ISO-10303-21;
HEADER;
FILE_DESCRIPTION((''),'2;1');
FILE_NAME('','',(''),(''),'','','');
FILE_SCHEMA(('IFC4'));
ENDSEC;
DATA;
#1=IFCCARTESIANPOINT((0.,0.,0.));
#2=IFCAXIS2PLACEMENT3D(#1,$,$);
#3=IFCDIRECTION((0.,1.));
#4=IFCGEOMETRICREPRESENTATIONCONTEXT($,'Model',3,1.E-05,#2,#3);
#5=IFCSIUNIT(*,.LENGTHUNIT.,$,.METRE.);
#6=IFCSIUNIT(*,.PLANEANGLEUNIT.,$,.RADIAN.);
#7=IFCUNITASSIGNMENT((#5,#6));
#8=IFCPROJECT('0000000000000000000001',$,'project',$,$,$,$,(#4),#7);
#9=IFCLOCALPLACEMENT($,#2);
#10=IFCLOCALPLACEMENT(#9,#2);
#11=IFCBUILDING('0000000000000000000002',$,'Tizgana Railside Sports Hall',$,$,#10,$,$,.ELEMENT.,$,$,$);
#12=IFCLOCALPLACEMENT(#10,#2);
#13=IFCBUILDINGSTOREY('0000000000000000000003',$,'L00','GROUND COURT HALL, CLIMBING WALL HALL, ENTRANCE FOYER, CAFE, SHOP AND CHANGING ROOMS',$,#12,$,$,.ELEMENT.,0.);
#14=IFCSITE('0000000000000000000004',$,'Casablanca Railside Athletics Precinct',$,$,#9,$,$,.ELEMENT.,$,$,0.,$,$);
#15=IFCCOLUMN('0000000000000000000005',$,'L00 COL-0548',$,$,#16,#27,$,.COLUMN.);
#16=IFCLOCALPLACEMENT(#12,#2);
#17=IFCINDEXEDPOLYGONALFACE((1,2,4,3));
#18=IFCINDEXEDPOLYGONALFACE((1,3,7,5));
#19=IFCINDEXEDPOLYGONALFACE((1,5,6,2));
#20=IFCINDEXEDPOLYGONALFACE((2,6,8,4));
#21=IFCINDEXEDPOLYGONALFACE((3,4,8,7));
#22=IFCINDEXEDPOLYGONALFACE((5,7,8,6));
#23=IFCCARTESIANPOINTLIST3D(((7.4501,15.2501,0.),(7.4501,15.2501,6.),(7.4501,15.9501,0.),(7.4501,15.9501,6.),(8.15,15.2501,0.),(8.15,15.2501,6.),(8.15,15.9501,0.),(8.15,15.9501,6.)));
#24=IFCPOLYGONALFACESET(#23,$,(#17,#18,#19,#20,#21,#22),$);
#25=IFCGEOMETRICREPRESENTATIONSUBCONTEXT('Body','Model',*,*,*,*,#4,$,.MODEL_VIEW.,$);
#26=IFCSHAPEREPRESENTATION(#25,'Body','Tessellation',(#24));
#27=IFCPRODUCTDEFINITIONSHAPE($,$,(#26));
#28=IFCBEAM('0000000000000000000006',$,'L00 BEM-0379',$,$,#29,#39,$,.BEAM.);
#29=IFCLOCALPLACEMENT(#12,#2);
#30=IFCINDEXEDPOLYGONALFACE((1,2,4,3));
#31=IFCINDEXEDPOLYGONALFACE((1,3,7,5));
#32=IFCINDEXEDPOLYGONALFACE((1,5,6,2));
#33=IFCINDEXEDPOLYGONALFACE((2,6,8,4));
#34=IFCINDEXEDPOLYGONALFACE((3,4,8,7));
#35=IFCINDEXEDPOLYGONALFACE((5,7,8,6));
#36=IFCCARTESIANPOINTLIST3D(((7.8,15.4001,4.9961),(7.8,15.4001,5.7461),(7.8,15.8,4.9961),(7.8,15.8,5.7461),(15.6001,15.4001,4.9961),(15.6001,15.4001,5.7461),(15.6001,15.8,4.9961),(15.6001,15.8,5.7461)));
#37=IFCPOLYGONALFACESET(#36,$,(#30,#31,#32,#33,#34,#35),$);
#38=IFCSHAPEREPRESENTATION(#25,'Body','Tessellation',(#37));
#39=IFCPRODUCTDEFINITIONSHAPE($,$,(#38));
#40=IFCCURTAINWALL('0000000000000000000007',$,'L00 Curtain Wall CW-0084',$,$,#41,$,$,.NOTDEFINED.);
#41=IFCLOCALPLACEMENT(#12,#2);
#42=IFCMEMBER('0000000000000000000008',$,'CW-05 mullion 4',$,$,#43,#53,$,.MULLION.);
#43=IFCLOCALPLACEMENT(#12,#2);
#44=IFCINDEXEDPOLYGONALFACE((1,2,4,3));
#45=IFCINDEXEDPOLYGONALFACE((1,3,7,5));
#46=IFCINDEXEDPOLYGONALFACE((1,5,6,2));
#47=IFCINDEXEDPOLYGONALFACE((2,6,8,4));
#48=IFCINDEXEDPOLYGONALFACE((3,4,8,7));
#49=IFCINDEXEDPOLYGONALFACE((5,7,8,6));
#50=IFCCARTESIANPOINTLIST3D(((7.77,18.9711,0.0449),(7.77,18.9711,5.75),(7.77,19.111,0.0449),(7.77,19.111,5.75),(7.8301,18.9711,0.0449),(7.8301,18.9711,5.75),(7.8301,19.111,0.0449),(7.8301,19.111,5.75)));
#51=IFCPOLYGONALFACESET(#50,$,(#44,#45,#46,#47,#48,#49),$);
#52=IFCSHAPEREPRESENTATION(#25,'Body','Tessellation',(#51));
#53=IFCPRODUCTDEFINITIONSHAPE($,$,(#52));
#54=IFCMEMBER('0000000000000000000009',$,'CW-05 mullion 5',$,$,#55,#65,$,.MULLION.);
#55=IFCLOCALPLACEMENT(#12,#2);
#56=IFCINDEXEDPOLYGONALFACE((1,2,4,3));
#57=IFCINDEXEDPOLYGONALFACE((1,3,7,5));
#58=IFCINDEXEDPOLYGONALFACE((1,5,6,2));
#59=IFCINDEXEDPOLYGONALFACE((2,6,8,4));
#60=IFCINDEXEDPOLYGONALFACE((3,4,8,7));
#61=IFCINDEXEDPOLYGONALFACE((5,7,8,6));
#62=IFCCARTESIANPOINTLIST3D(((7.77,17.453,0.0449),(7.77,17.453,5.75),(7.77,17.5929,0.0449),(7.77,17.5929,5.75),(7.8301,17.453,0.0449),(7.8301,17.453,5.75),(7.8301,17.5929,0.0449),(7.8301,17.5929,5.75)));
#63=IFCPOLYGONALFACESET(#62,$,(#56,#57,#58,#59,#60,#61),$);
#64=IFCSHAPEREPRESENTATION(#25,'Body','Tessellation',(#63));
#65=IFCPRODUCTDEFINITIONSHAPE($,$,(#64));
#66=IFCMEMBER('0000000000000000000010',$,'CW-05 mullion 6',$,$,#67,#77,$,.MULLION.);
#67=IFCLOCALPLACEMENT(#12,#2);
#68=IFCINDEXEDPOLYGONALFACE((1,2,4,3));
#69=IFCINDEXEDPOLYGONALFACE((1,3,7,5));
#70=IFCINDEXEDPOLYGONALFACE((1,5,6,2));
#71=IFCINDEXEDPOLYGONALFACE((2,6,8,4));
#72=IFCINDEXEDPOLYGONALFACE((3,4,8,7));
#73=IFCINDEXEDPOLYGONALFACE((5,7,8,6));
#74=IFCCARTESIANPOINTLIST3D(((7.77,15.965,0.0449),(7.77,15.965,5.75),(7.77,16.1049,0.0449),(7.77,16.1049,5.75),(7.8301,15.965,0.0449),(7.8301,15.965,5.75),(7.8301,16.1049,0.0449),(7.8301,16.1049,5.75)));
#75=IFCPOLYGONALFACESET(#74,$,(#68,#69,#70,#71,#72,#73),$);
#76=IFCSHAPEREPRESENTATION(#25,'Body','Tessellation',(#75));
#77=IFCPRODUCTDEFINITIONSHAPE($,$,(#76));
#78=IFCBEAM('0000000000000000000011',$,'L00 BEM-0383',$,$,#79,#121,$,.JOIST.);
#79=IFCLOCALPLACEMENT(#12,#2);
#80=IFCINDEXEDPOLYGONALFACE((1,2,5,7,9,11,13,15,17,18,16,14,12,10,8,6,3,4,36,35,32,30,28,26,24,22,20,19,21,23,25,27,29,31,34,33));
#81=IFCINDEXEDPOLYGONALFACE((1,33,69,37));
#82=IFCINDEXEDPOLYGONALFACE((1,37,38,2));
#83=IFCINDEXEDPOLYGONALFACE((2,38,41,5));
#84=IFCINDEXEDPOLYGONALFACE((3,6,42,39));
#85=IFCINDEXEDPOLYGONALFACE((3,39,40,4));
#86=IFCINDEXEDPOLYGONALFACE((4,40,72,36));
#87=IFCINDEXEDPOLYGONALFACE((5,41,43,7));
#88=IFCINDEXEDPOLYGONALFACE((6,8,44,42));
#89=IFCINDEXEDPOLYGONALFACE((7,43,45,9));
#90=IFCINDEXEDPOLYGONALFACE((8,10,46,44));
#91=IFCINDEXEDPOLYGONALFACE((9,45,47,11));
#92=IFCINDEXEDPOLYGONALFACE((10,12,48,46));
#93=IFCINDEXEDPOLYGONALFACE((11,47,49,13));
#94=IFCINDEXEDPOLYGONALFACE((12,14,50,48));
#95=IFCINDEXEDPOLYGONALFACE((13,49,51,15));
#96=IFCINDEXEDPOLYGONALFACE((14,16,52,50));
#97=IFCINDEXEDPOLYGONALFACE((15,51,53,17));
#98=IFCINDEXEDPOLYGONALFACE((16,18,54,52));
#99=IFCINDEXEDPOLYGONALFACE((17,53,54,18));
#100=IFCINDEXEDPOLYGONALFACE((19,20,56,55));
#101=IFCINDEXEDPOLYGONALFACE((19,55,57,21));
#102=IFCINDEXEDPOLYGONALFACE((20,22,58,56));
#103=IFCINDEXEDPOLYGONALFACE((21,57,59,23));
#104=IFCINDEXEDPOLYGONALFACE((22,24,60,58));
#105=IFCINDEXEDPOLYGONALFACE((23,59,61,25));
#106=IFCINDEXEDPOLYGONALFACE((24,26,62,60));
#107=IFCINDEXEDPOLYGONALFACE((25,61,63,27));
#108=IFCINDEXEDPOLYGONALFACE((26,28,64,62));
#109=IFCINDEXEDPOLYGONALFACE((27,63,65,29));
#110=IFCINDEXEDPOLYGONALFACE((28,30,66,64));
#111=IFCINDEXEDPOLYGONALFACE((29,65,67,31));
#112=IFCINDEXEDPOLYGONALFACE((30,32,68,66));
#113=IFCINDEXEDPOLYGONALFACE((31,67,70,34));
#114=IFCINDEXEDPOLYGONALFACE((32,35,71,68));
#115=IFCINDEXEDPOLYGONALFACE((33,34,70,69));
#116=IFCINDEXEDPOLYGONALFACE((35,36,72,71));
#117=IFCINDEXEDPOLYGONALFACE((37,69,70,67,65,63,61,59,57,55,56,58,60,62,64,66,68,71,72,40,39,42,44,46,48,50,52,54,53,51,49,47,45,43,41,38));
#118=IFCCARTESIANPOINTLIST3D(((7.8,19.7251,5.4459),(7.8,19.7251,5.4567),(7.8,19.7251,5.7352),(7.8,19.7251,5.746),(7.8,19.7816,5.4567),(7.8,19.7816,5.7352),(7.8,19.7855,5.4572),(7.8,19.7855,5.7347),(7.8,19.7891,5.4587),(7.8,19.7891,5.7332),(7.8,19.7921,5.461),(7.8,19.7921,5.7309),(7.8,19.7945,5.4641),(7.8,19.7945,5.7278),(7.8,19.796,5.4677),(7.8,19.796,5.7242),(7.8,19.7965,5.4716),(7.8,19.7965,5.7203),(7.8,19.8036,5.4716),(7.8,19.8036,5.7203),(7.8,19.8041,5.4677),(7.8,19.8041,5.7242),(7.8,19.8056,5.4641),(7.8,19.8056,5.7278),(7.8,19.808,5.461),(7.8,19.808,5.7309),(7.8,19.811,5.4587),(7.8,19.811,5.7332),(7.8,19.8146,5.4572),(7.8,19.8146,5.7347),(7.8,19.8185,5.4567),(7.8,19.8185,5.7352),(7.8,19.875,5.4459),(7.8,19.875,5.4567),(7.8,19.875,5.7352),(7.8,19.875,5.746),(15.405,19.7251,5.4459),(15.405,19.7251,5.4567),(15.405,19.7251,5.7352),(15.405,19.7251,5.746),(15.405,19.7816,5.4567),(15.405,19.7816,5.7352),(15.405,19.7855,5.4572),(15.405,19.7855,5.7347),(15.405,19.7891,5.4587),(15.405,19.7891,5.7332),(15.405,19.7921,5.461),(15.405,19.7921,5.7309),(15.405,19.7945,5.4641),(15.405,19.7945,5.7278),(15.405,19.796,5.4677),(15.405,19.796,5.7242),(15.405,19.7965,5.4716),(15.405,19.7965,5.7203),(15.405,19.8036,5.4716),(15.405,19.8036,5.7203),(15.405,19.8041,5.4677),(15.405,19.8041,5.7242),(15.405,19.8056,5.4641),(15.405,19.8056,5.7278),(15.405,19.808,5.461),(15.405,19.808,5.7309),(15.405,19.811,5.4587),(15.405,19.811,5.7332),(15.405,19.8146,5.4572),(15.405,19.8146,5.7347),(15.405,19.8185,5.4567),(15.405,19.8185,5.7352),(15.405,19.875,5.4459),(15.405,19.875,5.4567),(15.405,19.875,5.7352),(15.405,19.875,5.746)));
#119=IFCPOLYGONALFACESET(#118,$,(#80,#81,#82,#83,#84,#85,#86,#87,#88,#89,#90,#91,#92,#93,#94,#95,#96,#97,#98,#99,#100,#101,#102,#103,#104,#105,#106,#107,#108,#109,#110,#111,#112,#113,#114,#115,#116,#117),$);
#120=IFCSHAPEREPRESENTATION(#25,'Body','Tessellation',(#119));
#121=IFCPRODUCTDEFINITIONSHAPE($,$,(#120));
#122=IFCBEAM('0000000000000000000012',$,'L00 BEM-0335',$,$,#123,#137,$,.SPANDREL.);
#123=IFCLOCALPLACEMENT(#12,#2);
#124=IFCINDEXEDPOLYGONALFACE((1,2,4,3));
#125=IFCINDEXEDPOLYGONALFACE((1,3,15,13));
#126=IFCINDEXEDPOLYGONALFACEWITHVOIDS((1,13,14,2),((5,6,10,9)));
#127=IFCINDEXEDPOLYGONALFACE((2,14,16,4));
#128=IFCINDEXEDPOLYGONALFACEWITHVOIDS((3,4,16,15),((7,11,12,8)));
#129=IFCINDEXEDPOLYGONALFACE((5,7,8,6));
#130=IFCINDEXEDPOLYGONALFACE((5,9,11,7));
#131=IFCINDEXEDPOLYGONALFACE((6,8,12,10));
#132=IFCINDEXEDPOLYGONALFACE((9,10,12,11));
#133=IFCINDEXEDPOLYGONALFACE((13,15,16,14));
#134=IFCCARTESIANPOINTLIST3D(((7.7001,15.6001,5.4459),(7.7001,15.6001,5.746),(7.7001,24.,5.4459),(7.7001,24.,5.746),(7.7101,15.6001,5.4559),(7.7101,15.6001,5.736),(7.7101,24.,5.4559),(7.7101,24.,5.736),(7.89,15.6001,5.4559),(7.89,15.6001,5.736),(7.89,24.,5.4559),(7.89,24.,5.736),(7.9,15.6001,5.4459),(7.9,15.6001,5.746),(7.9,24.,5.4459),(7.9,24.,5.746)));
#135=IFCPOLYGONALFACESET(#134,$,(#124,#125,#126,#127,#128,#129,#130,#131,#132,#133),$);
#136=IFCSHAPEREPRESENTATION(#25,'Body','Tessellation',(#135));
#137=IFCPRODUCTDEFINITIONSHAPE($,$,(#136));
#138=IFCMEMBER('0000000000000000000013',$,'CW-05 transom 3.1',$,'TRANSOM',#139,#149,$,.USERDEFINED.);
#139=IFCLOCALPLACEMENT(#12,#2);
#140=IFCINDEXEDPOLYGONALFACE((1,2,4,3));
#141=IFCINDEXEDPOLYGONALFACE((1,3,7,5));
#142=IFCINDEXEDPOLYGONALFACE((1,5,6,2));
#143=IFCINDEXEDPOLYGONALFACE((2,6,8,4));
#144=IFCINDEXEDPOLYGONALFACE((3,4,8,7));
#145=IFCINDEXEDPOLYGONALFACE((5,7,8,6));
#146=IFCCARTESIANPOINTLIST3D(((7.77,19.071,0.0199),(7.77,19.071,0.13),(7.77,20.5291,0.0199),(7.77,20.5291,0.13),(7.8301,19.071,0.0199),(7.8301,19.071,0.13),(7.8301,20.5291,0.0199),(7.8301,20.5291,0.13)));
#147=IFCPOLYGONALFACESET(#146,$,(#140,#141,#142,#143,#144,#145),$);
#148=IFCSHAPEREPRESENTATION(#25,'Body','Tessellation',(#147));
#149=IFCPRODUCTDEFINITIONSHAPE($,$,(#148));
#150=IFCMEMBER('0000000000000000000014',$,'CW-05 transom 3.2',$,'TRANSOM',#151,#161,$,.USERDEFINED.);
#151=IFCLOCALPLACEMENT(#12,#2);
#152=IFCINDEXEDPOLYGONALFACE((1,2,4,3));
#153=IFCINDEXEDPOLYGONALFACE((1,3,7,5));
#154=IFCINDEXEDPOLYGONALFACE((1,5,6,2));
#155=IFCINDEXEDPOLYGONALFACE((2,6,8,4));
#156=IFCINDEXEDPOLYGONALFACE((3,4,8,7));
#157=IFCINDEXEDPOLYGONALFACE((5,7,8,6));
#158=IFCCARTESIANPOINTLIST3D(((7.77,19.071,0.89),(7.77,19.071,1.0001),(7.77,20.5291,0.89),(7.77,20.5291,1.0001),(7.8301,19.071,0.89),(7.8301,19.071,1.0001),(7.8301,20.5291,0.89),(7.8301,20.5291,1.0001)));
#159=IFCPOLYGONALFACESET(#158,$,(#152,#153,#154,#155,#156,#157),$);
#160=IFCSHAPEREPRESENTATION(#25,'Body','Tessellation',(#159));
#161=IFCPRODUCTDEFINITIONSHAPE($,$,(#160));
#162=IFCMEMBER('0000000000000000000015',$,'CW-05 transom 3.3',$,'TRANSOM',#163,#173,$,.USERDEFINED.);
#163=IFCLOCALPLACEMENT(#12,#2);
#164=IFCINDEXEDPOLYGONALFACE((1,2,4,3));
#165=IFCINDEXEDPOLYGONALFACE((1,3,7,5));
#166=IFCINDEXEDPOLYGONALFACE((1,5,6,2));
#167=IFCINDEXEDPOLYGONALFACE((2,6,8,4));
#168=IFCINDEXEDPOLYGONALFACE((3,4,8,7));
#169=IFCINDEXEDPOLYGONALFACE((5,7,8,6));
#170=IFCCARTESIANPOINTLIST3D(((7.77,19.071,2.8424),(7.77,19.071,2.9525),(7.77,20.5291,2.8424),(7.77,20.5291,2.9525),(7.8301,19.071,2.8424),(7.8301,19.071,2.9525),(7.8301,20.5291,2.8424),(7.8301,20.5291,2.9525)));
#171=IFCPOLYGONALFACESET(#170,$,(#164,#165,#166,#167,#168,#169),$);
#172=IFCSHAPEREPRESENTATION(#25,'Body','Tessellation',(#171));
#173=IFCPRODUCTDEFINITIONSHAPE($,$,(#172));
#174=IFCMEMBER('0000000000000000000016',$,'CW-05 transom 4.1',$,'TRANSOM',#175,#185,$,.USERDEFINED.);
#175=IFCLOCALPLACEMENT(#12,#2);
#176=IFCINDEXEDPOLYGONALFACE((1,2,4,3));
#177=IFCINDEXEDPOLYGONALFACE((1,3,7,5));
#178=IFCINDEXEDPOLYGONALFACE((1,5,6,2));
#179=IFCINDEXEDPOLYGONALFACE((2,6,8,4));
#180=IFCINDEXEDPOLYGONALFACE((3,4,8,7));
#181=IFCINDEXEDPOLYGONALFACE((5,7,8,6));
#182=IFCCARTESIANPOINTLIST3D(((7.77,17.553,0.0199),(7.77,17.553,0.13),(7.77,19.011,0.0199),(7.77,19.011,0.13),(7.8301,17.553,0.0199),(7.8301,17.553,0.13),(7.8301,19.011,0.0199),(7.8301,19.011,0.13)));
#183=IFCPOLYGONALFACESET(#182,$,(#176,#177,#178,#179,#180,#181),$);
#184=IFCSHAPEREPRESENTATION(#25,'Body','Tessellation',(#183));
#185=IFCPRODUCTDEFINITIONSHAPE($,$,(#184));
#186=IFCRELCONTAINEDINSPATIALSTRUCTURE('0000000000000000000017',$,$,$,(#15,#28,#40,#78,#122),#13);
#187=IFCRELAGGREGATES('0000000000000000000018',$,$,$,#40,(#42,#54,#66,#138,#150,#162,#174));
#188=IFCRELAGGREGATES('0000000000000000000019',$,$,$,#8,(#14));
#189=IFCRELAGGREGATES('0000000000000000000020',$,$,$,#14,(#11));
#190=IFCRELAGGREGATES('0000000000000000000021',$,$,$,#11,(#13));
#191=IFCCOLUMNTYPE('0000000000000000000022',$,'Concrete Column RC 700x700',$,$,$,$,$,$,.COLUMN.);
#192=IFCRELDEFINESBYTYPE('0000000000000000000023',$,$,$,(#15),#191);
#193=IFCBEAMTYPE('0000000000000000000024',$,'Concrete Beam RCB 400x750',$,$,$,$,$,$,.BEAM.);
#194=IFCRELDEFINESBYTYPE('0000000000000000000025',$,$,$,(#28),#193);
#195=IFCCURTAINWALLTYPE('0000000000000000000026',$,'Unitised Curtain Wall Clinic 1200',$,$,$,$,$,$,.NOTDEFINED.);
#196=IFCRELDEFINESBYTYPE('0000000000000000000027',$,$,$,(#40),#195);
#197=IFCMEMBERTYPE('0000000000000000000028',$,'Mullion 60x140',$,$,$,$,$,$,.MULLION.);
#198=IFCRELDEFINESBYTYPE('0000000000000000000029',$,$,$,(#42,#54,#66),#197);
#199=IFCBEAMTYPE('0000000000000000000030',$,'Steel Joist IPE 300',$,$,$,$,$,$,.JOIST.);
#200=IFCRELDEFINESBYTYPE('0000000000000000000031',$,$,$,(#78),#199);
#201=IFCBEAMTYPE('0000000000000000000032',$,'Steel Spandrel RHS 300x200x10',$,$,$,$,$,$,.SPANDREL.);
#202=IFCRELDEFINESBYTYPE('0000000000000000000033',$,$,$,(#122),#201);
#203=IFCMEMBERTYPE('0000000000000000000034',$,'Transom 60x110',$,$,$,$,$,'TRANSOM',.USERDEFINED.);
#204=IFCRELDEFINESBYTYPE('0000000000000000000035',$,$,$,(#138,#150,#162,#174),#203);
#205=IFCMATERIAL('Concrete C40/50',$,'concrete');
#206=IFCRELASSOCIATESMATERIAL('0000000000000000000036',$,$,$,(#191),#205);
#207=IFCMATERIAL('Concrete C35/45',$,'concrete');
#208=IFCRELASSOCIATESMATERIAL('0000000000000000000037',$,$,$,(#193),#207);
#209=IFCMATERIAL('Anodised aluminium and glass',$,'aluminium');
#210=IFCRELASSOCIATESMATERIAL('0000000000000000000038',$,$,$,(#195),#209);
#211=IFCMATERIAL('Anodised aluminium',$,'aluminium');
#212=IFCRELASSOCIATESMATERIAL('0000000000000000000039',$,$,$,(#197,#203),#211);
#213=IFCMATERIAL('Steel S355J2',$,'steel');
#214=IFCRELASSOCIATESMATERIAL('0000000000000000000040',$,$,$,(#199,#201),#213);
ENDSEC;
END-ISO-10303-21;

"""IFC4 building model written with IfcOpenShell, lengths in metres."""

from ifc_helpers import new_model, si_unit, direction, frame, origin, origin_2d, place, context, subcontext, project, spatial, rectangle, hollow_rectangle, i_section, extrude, material, material_profile, profile_set, type_object, element, aggregate, save


model = new_model("IFC4")

# Units and contexts
model_context = context("Model", 3, precision=1e-05, world=origin(), true_north=direction((0.0, 1.0)))
body_context = subcontext(model_context, "Body", "Model", "MODEL_VIEW")
ifc_project = project(units=[si_unit("LENGTHUNIT", "METRE"), si_unit("PLANEANGLEUNIT", "RADIAN")], contexts=[model_context])

# Site, building, storey
site_placement = place(None, origin())
site = spatial("IfcSite", under=ifc_project, at=site_placement, Name="Casablanca Railside Athletics Precinct", CompositionType="ELEMENT", RefElevation=0.0)
building_placement = place(site_placement, origin())
building = spatial("IfcBuilding", under=site, at=building_placement, Name="Tizgana Railside Sports Hall", CompositionType="ELEMENT")
storey_placement = place(building_placement, origin())
storey = spatial("IfcBuildingStorey", under=building, at=storey_placement, Name="L00", Description="GROUND COURT HALL, CLIMBING WALL HALL, ENTRANCE FOYER, CAFE, SHOP AND CHANGING ROOMS", CompositionType="ELEMENT", Elevation=0.0)

# Column
ifc_material_1 = material(Name="Concrete C40/50", Category="concrete")
ifc_material_profile_1 = material_profile(ifc_material_1, rectangle(XDim=0.7, YDim=0.7, at=origin_2d()), Name="RC 700x700")
ifc_profile_set_1 = profile_set([ifc_material_profile_1], Name="Concrete C40/50")
column_type = type_object("IfcColumnType", Name="Concrete Column RC 700x700", PredefinedType="COLUMN", material=ifc_profile_set_1)
column_placement = place(storey_placement, frame((7.8, 15.6001, 0.0), z_axis=(0.0, 0.0, 1.0), x_axis=(1.0, 0.0, 0.0)))
element("IfcColumn", 1, at=column_placement, inside=storey, type_object=column_type, Name="L00 COL-0548", PredefinedType="COLUMN", context=body_context, shape_type="SweptSolid", body=[
    extrude(rectangle(XDim=0.7, YDim=0.7, at=origin_2d()), origin(), (0.0, 0.0, 1.0), 6.0),
])

# Beam
ifc_material_2 = material(Name="Concrete C35/45", Category="concrete")
ifc_material_profile_2 = material_profile(ifc_material_2, rectangle(XDim=0.3999, YDim=0.75, at=origin_2d()), Name="RCB 400x750")
ifc_profile_set_2 = profile_set([ifc_material_profile_2], Name="Concrete C35/45")
beam_type_1 = type_object("IfcBeamType", Name="Concrete Beam RCB 400x750", PredefinedType="BEAM", material=ifc_profile_set_2)
beam_1_placement = place(storey_placement, frame((7.8, 15.6001, 5.3711), z_axis=(1.0, 0.0, 0.0), x_axis=(0.0, 1.0, 0.0)))
element("IfcBeam", 2, at=beam_1_placement, inside=storey, type_object=beam_type_1, Name="L00 BEM-0379", PredefinedType="BEAM", context=body_context, shape_type="SweptSolid", body=[
    extrude(rectangle(XDim=0.3999, YDim=0.75, at=origin_2d()), origin(), (0.0, 0.0, 1.0), 7.8),
])

# Curtain wall, members
ifc_material_3 = material(Name="Anodised aluminium and glass", Category="aluminium")
curtain_wall_type = type_object("IfcCurtainWallType", Name="Unitised Curtain Wall Clinic 1200", PredefinedType="NOTDEFINED", material=ifc_material_3)
curtain_wall_placement = place(storey_placement, origin())
curtain_wall = element("IfcCurtainWall", 3, at=curtain_wall_placement, inside=storey, type_object=curtain_wall_type, Name="L00 Curtain Wall CW-0084", PredefinedType="NOTDEFINED")
ifc_material_4 = material(Name="Anodised aluminium", Category="aluminium")
ifc_material_profile_3 = material_profile(ifc_material_4, rectangle(XDim=0.0601, YDim=0.1399, at=origin_2d()), Name="Mullion 60x140")
ifc_profile_set_3 = profile_set([ifc_material_profile_3], Name="Anodised aluminium")
member_type_1 = type_object("IfcMemberType", Name="Mullion 60x140", PredefinedType="MULLION", material=ifc_profile_set_3)
member_1_placement = place(storey_placement, frame((7.8, 19.041, 0.0449), z_axis=(0.0, 0.0, 1.0), x_axis=(1.0, 0.0, 0.0)))
member_1 = element("IfcMember", 4, at=member_1_placement, type_object=member_type_1, Name="CW-05 mullion 4", PredefinedType="MULLION", context=body_context, shape_type="SweptSolid", body=[
    extrude(rectangle(XDim=0.0601, YDim=0.1399, at=origin_2d()), origin(), (0.0, 0.0, 1.0), 5.7051),
])
member_2_placement = place(storey_placement, frame((7.8, 17.5229, 0.0449), z_axis=(0.0, 0.0, 1.0), x_axis=(1.0, 0.0, 0.0)))
member_2 = element("IfcMember", 5, at=member_2_placement, type_object=member_type_1, Name="CW-05 mullion 5", PredefinedType="MULLION", context=body_context, shape_type="SweptSolid", body=[
    extrude(rectangle(XDim=0.0601, YDim=0.1399, at=origin_2d()), origin(), (0.0, 0.0, 1.0), 5.7051),
])
member_3_placement = place(storey_placement, frame((7.8, 16.0349, 0.0449), z_axis=(0.0, 0.0, 1.0), x_axis=(1.0, 0.0, 0.0)))
member_3 = element("IfcMember", 6, at=member_3_placement, type_object=member_type_1, Name="CW-05 mullion 6", PredefinedType="MULLION", context=body_context, shape_type="SweptSolid", body=[
    extrude(rectangle(XDim=0.0601, YDim=0.1399, at=origin_2d()), origin(), (0.0, 0.0, 1.0), 5.7051),
])

# Beams
ifc_material_5 = material(Name="Steel S355J2", Category="steel")
ifc_material_profile_4 = material_profile(ifc_material_5, i_section(OverallWidth=0.1499, OverallDepth=0.3, WebThickness=0.0071, FlangeThickness=0.0107, FilletRadius=0.0149, at=origin_2d()), Name="IPE 300")
ifc_profile_set_4 = profile_set([ifc_material_profile_4], Name="Steel S355J2")
beam_type_2 = type_object("IfcBeamType", Name="Steel Joist IPE 300", PredefinedType="JOIST", material=ifc_profile_set_4)
beam_2_placement = place(storey_placement, frame((7.8, 19.8, 5.5959), z_axis=(1.0, 0.0, 0.0), x_axis=(0.0, 1.0, 0.0)))
element("IfcBeam", 7, at=beam_2_placement, inside=storey, type_object=beam_type_2, Name="L00 BEM-0383", PredefinedType="JOIST", context=body_context, shape_type="SweptSolid", body=[
    extrude(i_section(OverallWidth=0.1499, OverallDepth=0.3, WebThickness=0.0071, FlangeThickness=0.0107, FilletRadius=0.0149, at=origin_2d()), origin(), (0.0, 0.0, 1.0), 7.605),
])
ifc_material_profile_5 = material_profile(ifc_material_5, hollow_rectangle(XDim=0.2, YDim=0.3, WallThickness=0.01, at=origin_2d()), Name="RHS 300x200x10")
ifc_profile_set_5 = profile_set([ifc_material_profile_5], Name="Steel S355J2")
beam_type_3 = type_object("IfcBeamType", Name="Steel Spandrel RHS 300x200x10", PredefinedType="SPANDREL", material=ifc_profile_set_5)
beam_3_placement = place(storey_placement, frame((7.8, 15.6001, 5.5959), z_axis=(0.0, 1.0, 0.0), x_axis=(-1.0, 0.0, 0.0)))
element("IfcBeam", 8, at=beam_3_placement, inside=storey, type_object=beam_type_3, Name="L00 BEM-0335", PredefinedType="SPANDREL", context=body_context, shape_type="SweptSolid", body=[
    extrude(hollow_rectangle(XDim=0.2, YDim=0.3, WallThickness=0.01, at=origin_2d()), origin(), (0.0, 0.0, 1.0), 8.3999),
])

# Members
ifc_material_profile_6 = material_profile(ifc_material_4, rectangle(XDim=0.0601, YDim=0.1101, at=origin_2d()), Name="Transom 60x110")
ifc_profile_set_6 = profile_set([ifc_material_profile_6], Name="Anodised aluminium")
member_type_2 = type_object("IfcMemberType", Name="Transom 60x110", ElementType="TRANSOM", PredefinedType="USERDEFINED", material=ifc_profile_set_6)
member_4_placement = place(storey_placement, frame((7.8, 20.5291, 0.075), z_axis=(0.0, -1.0, 0.0), x_axis=(1.0, 0.0, 0.0)))
member_4 = element("IfcMember", 9, at=member_4_placement, type_object=member_type_2, Name="CW-05 transom 3.1", ObjectType="TRANSOM", PredefinedType="USERDEFINED", context=body_context, shape_type="SweptSolid", body=[
    extrude(rectangle(XDim=0.0601, YDim=0.1101, at=origin_2d()), origin(), (0.0, 0.0, 1.0), 1.458),
])
member_5_placement = place(storey_placement, frame((7.8, 20.5291, 0.9451), z_axis=(0.0, -1.0, 0.0), x_axis=(1.0, 0.0, 0.0)))
member_5 = element("IfcMember", 10, at=member_5_placement, type_object=member_type_2, Name="CW-05 transom 3.2", ObjectType="TRANSOM", PredefinedType="USERDEFINED", context=body_context, shape_type="SweptSolid", body=[
    extrude(rectangle(XDim=0.0601, YDim=0.1101, at=origin_2d()), origin(), (0.0, 0.0, 1.0), 1.458),
])
member_6_placement = place(storey_placement, frame((7.8, 20.5291, 2.8975), z_axis=(0.0, -1.0, 0.0), x_axis=(1.0, 0.0, 0.0)))
member_6 = element("IfcMember", 11, at=member_6_placement, type_object=member_type_2, Name="CW-05 transom 3.3", ObjectType="TRANSOM", PredefinedType="USERDEFINED", context=body_context, shape_type="SweptSolid", body=[
    extrude(rectangle(XDim=0.0601, YDim=0.1101, at=origin_2d()), origin(), (0.0, 0.0, 1.0), 1.458),
])
member_7_placement = place(storey_placement, frame((7.8, 19.011, 0.075), z_axis=(0.0, -1.0, 0.0), x_axis=(1.0, 0.0, 0.0)))
member_7 = element("IfcMember", 12, at=member_7_placement, type_object=member_type_2, Name="CW-05 transom 4.1", ObjectType="TRANSOM", PredefinedType="USERDEFINED", context=body_context, shape_type="SweptSolid", body=[
    extrude(rectangle(XDim=0.0601, YDim=0.1101, at=origin_2d()), origin(), (0.0, 0.0, 1.0), 1.458),
])

aggregate(curtain_wall, [member_1, member_2, member_3, member_4, member_5, member_6, member_7])

save(model, "model.ifc")
